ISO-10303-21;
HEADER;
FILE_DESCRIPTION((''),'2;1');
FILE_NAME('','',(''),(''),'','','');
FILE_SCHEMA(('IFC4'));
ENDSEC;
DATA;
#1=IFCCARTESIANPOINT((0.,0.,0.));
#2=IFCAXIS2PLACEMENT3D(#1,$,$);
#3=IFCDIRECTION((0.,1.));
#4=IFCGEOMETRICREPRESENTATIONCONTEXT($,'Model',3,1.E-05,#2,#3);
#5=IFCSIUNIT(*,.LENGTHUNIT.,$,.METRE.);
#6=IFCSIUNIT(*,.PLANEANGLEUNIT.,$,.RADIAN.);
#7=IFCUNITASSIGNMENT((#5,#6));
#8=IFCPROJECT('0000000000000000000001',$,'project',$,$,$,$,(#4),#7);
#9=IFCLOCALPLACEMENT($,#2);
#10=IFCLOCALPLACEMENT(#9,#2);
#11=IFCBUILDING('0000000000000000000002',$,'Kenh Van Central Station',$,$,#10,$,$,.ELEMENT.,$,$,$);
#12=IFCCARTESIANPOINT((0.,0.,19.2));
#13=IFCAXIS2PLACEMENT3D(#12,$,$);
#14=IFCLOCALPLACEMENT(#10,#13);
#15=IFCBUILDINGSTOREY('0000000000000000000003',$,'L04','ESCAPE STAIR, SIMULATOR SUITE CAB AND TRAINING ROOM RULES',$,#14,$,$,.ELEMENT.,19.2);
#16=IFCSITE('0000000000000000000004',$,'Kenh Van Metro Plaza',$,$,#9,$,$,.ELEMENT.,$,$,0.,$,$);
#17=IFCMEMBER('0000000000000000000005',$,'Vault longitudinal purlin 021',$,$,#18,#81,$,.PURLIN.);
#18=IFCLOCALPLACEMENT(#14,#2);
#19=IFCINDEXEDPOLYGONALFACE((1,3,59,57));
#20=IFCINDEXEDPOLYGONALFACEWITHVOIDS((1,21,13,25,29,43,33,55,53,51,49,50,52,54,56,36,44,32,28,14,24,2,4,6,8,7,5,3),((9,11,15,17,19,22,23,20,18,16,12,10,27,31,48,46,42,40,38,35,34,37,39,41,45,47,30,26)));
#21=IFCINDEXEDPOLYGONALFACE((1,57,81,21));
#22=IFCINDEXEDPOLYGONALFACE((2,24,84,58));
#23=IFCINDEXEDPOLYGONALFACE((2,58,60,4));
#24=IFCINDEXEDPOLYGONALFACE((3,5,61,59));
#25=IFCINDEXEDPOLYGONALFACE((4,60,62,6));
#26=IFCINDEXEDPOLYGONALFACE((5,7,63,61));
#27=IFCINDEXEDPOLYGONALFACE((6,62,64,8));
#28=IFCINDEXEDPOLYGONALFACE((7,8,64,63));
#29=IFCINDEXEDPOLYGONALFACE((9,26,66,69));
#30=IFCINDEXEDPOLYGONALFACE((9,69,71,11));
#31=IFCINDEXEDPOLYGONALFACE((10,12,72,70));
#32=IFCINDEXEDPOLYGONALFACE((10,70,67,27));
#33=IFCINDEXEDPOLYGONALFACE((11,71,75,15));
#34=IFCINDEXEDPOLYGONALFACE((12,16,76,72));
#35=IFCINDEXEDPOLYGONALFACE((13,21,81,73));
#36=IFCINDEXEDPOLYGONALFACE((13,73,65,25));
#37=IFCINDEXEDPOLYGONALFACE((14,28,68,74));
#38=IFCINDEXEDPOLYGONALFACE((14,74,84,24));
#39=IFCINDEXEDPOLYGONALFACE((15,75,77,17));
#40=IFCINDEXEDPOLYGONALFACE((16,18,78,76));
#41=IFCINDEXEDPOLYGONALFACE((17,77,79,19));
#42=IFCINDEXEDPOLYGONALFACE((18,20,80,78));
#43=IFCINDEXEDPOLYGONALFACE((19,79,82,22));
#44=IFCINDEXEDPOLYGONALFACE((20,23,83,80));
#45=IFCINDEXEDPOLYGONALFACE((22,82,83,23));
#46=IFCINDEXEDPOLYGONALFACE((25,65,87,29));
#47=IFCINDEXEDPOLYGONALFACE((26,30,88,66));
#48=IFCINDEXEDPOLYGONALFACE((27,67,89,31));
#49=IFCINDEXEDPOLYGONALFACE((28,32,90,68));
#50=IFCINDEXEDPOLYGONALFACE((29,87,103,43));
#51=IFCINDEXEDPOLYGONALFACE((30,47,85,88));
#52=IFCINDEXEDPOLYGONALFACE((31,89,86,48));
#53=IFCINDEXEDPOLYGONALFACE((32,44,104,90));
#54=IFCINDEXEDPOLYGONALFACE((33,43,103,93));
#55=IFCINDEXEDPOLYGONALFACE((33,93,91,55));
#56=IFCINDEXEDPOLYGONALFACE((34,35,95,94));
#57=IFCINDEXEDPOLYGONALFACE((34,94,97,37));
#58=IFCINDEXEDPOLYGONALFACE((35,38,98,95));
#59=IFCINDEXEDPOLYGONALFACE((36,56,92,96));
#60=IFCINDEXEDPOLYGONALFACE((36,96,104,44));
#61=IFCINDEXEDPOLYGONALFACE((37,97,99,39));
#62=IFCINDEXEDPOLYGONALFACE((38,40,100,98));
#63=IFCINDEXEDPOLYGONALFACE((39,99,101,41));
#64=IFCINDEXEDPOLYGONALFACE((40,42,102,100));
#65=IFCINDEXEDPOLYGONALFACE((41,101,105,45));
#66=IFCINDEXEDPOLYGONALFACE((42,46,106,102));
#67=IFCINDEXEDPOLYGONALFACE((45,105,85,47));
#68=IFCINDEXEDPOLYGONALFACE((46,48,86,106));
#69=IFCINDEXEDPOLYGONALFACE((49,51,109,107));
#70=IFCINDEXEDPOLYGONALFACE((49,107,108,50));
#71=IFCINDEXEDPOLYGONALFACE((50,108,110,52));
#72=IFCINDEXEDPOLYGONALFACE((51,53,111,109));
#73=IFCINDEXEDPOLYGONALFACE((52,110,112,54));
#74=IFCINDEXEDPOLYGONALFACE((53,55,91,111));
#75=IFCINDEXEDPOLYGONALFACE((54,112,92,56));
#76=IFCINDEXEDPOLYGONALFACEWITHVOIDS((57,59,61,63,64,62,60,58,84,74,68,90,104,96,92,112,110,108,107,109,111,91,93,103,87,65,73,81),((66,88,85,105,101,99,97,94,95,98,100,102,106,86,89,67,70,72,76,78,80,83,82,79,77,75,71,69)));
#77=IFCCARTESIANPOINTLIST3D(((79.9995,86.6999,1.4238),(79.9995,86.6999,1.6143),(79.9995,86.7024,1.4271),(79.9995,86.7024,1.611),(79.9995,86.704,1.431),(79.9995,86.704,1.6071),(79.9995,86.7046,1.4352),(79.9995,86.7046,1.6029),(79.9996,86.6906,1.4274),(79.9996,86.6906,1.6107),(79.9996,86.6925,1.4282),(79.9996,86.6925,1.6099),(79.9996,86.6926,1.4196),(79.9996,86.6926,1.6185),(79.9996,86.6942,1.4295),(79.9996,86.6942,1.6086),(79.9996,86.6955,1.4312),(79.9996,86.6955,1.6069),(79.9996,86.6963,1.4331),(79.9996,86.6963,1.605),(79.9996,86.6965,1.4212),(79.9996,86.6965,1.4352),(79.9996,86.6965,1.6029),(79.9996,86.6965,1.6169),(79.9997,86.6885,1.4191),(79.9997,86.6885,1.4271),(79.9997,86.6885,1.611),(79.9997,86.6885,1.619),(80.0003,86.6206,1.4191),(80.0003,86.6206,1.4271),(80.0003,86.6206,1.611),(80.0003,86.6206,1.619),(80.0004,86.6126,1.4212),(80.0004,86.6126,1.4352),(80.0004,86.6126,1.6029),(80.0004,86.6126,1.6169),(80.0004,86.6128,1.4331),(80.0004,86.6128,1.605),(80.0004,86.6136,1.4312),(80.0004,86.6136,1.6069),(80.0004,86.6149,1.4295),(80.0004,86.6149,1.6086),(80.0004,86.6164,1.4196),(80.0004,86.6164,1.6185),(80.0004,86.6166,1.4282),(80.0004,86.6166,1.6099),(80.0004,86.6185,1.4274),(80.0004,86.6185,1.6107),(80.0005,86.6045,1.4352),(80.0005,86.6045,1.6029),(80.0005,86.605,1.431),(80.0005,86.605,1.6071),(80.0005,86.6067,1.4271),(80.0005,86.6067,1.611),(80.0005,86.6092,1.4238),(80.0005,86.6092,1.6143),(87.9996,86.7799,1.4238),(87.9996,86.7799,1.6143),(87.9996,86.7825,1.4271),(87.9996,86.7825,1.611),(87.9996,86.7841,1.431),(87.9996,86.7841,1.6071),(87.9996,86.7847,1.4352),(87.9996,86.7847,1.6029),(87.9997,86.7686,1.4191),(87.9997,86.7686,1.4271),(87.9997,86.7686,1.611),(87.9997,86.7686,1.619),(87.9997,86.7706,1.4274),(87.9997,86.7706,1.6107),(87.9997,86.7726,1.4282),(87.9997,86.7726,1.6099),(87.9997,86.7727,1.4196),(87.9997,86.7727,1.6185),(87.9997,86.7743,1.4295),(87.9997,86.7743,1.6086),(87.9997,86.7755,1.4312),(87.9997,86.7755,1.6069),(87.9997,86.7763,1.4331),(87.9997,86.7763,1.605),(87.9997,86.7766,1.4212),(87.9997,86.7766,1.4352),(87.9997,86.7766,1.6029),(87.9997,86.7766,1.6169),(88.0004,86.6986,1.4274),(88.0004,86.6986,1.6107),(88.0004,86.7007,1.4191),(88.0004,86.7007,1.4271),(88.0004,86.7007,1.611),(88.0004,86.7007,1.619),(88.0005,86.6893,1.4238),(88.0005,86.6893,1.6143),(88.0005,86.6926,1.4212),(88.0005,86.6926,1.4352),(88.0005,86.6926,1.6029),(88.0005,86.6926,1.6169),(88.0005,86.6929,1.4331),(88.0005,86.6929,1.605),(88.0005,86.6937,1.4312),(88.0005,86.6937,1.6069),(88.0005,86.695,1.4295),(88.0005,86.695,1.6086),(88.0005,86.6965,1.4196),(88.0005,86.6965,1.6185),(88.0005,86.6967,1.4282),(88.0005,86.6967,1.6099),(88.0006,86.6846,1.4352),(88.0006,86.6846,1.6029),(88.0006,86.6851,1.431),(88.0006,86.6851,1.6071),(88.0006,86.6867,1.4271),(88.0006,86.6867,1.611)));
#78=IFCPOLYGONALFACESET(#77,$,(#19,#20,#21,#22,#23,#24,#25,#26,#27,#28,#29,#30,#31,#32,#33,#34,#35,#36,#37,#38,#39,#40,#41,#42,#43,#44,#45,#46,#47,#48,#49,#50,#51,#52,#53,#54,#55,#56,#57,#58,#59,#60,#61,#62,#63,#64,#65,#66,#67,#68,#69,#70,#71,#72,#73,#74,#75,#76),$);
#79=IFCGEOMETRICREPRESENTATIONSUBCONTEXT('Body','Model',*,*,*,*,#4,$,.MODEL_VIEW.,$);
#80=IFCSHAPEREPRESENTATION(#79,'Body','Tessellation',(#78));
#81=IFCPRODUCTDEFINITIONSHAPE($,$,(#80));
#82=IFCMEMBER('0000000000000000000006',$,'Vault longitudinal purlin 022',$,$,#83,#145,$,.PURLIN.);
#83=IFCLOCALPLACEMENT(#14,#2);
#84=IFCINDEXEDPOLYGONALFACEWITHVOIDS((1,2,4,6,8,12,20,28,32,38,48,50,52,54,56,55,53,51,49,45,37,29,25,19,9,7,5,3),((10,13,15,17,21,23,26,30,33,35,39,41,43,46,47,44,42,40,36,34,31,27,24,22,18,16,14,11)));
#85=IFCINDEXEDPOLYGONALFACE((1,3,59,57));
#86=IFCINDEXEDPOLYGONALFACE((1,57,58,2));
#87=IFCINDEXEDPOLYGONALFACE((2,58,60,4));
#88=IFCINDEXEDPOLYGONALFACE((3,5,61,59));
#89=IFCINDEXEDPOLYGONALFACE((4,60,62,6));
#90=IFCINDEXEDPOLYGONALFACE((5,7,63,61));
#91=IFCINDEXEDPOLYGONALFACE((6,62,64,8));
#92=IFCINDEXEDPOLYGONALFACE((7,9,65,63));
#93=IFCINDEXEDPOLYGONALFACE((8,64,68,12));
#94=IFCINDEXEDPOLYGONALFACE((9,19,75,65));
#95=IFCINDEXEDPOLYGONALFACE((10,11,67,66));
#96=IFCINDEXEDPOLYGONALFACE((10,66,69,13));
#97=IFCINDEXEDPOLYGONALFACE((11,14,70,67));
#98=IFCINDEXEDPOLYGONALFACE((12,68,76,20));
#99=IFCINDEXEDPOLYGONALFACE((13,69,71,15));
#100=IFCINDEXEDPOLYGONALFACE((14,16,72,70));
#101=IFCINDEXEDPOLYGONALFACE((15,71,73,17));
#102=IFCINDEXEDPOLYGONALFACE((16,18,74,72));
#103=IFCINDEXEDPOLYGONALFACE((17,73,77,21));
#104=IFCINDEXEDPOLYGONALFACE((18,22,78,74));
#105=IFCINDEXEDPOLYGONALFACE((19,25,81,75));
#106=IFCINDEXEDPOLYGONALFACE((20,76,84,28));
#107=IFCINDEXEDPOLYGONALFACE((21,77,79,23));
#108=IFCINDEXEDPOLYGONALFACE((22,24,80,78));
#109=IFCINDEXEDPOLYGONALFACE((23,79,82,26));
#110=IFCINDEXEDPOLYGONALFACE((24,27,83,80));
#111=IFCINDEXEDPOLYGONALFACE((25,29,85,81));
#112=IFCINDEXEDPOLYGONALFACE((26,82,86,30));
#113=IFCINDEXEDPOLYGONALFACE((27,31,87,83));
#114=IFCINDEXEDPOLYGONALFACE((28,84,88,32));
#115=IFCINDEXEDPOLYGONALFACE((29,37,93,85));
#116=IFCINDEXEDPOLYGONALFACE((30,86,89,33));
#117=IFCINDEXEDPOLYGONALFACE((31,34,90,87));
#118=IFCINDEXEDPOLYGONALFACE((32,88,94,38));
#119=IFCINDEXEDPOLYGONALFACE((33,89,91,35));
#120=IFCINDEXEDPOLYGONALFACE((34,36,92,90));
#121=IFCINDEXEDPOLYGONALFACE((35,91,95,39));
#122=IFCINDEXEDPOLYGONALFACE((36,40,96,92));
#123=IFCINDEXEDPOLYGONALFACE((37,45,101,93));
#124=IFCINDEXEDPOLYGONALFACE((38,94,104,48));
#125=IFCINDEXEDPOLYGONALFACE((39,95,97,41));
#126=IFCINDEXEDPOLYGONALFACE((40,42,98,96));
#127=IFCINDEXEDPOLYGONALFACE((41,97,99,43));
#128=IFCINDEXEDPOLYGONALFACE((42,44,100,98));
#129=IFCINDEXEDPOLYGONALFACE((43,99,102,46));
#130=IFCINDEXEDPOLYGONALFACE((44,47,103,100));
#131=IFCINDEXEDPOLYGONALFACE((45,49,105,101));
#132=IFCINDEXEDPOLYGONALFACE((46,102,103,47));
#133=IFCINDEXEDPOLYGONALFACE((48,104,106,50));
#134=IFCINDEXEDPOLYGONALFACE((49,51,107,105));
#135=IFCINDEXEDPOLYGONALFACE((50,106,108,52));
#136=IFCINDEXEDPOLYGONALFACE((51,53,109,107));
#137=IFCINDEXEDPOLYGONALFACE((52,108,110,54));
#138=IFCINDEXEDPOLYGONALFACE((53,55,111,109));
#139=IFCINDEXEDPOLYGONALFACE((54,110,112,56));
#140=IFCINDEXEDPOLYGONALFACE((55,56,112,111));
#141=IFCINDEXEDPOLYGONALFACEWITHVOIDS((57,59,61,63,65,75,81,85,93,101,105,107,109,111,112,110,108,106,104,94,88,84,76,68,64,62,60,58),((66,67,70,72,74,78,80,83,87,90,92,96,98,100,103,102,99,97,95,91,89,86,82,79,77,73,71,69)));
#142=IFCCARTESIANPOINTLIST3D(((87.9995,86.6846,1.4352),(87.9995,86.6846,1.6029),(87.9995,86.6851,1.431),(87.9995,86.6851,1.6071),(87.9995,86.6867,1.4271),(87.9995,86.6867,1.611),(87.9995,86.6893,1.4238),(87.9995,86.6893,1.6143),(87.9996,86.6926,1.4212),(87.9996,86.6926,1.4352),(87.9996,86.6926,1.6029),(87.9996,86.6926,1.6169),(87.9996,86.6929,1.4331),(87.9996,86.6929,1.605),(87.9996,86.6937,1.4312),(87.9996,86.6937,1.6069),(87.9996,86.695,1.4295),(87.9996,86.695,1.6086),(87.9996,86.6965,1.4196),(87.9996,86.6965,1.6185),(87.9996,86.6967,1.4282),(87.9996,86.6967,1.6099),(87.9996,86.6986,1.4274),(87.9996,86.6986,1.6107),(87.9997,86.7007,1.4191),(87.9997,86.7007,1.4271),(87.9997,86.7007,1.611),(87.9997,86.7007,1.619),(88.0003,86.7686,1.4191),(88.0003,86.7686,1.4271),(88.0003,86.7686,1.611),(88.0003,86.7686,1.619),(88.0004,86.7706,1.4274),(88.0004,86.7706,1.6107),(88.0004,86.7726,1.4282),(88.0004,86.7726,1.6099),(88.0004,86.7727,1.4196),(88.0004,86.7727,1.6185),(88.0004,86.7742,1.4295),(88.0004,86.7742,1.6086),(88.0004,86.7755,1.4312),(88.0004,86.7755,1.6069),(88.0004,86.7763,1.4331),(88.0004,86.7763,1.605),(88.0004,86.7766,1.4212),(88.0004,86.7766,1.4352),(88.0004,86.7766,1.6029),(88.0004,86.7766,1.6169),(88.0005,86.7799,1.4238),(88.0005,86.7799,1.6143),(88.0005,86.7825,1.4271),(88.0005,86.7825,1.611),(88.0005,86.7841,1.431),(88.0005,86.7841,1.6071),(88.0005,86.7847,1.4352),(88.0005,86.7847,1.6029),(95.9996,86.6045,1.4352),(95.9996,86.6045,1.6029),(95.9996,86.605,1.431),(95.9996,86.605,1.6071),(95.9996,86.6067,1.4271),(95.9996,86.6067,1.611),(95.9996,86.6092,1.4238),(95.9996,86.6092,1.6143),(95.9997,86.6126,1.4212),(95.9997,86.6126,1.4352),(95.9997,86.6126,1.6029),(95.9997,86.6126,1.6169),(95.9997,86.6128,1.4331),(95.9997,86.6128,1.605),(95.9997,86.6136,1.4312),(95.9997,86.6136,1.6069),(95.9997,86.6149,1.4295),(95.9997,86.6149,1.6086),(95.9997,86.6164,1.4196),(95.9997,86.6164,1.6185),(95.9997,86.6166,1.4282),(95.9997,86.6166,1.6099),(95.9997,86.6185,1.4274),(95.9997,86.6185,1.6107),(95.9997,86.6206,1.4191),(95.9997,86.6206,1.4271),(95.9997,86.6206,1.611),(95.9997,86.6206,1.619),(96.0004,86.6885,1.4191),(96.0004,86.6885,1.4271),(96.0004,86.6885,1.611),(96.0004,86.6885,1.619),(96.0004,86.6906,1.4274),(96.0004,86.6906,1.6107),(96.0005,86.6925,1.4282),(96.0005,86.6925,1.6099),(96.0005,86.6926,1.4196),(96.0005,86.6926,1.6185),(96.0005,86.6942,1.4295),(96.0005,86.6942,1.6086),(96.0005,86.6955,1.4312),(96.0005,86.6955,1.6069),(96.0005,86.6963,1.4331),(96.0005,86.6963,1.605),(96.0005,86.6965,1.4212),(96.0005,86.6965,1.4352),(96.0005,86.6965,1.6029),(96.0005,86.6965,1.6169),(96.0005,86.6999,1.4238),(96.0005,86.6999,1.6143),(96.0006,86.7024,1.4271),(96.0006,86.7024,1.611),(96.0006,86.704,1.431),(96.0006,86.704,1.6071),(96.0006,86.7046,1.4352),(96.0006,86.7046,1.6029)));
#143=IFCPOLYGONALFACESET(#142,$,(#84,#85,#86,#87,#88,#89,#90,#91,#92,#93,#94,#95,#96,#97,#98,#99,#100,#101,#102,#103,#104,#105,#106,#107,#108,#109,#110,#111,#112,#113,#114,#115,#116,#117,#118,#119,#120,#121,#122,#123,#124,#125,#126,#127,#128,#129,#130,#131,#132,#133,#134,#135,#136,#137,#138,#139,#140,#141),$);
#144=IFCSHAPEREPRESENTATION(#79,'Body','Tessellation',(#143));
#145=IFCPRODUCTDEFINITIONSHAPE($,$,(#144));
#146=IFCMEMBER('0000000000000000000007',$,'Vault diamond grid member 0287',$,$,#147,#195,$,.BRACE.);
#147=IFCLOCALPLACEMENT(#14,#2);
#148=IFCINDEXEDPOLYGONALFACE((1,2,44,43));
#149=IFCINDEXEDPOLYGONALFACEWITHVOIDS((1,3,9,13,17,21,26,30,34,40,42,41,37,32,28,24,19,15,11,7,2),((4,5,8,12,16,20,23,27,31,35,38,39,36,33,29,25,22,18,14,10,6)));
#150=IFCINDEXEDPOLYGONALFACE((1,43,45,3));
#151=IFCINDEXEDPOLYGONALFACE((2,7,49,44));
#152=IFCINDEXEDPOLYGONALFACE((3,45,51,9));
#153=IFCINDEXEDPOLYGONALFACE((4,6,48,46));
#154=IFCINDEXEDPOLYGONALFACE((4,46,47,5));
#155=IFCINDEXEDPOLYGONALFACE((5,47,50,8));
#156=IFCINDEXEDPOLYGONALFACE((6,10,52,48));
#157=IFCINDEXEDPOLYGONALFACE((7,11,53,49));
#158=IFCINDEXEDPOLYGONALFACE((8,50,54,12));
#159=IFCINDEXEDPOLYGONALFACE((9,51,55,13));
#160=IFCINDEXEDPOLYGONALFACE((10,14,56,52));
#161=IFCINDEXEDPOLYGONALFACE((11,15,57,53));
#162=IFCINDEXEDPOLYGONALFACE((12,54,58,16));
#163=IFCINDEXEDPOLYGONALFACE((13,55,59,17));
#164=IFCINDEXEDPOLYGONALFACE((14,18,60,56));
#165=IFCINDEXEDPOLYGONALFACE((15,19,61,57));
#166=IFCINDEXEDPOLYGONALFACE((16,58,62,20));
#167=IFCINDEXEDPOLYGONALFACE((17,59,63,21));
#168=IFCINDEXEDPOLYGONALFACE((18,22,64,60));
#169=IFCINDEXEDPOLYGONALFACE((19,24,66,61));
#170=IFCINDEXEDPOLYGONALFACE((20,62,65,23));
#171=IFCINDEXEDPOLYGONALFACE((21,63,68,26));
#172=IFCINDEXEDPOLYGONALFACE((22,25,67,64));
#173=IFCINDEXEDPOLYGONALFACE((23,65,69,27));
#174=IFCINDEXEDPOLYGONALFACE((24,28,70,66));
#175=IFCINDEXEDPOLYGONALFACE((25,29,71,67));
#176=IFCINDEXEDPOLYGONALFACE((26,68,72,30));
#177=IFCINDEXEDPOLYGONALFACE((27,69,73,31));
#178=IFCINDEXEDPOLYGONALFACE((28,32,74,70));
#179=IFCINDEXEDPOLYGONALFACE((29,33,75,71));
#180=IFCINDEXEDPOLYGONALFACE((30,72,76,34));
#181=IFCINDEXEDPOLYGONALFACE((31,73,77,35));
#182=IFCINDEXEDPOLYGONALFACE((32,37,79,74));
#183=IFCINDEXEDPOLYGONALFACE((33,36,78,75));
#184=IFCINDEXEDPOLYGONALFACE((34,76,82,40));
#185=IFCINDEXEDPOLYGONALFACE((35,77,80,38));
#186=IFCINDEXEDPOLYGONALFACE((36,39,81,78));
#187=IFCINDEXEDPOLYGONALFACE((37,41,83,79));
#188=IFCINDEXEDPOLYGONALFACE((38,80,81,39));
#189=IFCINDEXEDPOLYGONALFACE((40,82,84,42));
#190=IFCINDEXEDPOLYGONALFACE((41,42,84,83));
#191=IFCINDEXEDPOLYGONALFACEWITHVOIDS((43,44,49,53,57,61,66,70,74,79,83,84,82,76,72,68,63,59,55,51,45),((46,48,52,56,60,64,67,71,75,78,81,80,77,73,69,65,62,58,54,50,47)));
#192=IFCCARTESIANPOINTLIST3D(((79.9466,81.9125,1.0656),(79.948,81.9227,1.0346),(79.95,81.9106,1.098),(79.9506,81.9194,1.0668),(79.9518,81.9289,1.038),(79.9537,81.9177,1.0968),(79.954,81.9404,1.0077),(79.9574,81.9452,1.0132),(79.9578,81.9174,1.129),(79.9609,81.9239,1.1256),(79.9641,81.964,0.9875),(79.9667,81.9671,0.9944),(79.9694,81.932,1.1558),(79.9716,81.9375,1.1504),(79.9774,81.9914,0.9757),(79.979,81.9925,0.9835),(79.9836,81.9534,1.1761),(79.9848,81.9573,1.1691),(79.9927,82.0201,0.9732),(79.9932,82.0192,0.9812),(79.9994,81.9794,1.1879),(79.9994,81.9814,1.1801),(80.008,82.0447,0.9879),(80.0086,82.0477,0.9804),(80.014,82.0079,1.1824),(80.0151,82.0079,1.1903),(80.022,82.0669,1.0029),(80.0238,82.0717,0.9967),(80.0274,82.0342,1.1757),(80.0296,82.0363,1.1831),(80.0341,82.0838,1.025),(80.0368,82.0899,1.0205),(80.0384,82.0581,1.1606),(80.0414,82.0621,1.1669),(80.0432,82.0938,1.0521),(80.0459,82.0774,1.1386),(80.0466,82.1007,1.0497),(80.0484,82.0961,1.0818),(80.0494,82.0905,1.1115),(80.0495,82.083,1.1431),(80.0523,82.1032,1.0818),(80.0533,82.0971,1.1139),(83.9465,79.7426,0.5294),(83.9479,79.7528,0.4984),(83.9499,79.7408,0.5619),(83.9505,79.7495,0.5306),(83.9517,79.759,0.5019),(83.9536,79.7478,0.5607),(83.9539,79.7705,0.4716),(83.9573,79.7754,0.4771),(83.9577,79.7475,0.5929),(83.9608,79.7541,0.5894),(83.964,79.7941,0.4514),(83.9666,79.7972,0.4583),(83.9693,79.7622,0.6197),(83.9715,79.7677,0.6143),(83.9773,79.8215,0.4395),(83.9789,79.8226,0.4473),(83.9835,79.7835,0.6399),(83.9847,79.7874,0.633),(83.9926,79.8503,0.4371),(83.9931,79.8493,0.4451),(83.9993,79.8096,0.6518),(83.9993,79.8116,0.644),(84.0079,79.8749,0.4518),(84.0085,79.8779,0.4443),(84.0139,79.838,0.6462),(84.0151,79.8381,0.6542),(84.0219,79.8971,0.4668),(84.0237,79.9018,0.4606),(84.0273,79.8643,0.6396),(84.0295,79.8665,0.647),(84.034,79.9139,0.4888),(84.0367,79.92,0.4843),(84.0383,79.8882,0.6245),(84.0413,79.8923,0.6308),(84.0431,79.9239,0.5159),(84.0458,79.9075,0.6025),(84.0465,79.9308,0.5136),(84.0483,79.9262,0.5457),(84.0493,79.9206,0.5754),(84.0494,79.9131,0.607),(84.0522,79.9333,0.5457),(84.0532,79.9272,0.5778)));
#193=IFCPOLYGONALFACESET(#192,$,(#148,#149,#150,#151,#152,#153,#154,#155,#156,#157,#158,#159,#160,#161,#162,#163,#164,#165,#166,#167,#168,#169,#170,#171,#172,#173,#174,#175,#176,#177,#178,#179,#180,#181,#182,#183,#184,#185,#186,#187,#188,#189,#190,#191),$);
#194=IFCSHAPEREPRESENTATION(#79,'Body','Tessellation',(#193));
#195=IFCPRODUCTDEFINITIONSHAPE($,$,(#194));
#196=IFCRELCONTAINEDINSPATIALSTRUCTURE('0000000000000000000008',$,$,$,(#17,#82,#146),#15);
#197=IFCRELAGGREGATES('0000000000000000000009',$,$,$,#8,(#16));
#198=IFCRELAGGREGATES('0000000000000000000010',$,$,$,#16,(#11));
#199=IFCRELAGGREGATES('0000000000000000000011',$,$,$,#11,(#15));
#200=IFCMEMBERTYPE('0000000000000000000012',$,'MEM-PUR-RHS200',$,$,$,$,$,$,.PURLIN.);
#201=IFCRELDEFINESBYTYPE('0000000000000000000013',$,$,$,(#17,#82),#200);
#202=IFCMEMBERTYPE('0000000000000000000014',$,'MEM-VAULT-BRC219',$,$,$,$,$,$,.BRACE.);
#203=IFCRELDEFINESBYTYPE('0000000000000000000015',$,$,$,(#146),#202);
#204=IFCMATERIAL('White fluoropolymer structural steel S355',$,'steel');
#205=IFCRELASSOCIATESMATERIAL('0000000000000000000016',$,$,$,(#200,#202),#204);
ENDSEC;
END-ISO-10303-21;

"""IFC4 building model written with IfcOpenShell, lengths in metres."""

from ifc_helpers import new_model, si_unit, direction, frame, origin, origin_2d, place, context, subcontext, project, spatial, hollow_rectangle, hollow_circle, extrude, material, material_profile, profile_set, type_object, element, save


model = new_model("IFC4")

# Units and contexts
model_context = context("Model", 3, precision=1e-05, world=origin(), true_north=direction((0.0, 1.0)))
body_context = subcontext(model_context, "Body", "Model", "MODEL_VIEW")
ifc_project = project(units=[si_unit("LENGTHUNIT", "METRE"), si_unit("PLANEANGLEUNIT", "RADIAN")], contexts=[model_context])

# Site, building, storey
site_placement = place(None, origin())
site = spatial("IfcSite", under=ifc_project, at=site_placement, Name="Kenh Van Metro Plaza", CompositionType="ELEMENT", RefElevation=0.0)
building_placement = place(site_placement, origin())
building = spatial("IfcBuilding", under=site, at=building_placement, Name="Kenh Van Central Station", CompositionType="ELEMENT")
storey_placement = place(building_placement, frame((0.0, 0.0, 19.2)))
storey = spatial("IfcBuildingStorey", under=building, at=storey_placement, Name="L04", Description="ESCAPE STAIR, SIMULATOR SUITE CAB AND TRAINING ROOM RULES", CompositionType="ELEMENT", Elevation=19.2)

# Shared definitions
ifc_material_1 = material(Name="White fluoropolymer structural steel S355", Category="steel")

# Members
ifc_material_profile_1 = material_profile(ifc_material_1, hollow_rectangle(XDim=0.1001, YDim=0.2, WallThickness=0.0081, InnerFilletRadius=0.0081, OuterFilletRadius=0.0161, at=origin_2d()), Name="RHS 200x100x8")
ifc_profile_set_1 = profile_set([ifc_material_profile_1], Name="White fluoropolymer structural steel S355")
member_type_1 = type_object("IfcMemberType", Name="MEM-PUR-RHS200", PredefinedType="PURLIN", material=ifc_profile_set_1)
for number, where, z_axis, x_axis, name in (
    (1, (80.0, 86.6545, 1.519), (0.99995, 0.010009, 0.0), (-0.010009, 0.99995, 0.0), "Vault longitudinal purlin 021"),
    (2, (88.0, 86.7346, 1.519), (0.99995, -0.010009, 0.0), (0.010009, 0.99995, 0.0), "Vault longitudinal purlin 022"),
):
    element("IfcMember", number, at=place(storey_placement, frame(where, z_axis=z_axis, x_axis=x_axis)), inside=storey, type_object=member_type_1, Name=name, PredefinedType="PURLIN", context=body_context, shape_type="SweptSolid", body=[
        extrude(hollow_rectangle(XDim=0.1001, YDim=0.2, WallThickness=0.0081, InnerFilletRadius=0.0081, OuterFilletRadius=0.0161, at=origin_2d()), origin(), (0.0, 0.0, 1.0), 8.0005),
    ])
ifc_material_profile_2 = material_profile(ifc_material_1, hollow_circle(Radius=0.1096, WallThickness=0.0081, at=origin_2d()), Name="CHS 219.1x8")
ifc_profile_set_2 = profile_set([ifc_material_profile_2], Name="White fluoropolymer structural steel S355")
member_type_2 = type_object("IfcMemberType", Name="MEM-VAULT-BRC219", PredefinedType="BRACE", material=ifc_profile_set_2)
member_1_placement = place(storey_placement, frame((80.0, 82.0068, 1.0818), z_axis=(0.872955, -0.473561, -0.117005), x_axis=(0.476836, 0.878992, 0.0)))
element("IfcMember", 3, at=member_1_placement, inside=storey, type_object=member_type_2, Name="Vault diamond grid member 0287", PredefinedType="BRACE", context=body_context, shape_type="SweptSolid", body=[
    extrude(hollow_circle(Radius=0.1096, WallThickness=0.0081, at=origin_2d()), origin(), (0.0, 0.0, 1.0), 4.582),
])

save(model, "model.ifc")
